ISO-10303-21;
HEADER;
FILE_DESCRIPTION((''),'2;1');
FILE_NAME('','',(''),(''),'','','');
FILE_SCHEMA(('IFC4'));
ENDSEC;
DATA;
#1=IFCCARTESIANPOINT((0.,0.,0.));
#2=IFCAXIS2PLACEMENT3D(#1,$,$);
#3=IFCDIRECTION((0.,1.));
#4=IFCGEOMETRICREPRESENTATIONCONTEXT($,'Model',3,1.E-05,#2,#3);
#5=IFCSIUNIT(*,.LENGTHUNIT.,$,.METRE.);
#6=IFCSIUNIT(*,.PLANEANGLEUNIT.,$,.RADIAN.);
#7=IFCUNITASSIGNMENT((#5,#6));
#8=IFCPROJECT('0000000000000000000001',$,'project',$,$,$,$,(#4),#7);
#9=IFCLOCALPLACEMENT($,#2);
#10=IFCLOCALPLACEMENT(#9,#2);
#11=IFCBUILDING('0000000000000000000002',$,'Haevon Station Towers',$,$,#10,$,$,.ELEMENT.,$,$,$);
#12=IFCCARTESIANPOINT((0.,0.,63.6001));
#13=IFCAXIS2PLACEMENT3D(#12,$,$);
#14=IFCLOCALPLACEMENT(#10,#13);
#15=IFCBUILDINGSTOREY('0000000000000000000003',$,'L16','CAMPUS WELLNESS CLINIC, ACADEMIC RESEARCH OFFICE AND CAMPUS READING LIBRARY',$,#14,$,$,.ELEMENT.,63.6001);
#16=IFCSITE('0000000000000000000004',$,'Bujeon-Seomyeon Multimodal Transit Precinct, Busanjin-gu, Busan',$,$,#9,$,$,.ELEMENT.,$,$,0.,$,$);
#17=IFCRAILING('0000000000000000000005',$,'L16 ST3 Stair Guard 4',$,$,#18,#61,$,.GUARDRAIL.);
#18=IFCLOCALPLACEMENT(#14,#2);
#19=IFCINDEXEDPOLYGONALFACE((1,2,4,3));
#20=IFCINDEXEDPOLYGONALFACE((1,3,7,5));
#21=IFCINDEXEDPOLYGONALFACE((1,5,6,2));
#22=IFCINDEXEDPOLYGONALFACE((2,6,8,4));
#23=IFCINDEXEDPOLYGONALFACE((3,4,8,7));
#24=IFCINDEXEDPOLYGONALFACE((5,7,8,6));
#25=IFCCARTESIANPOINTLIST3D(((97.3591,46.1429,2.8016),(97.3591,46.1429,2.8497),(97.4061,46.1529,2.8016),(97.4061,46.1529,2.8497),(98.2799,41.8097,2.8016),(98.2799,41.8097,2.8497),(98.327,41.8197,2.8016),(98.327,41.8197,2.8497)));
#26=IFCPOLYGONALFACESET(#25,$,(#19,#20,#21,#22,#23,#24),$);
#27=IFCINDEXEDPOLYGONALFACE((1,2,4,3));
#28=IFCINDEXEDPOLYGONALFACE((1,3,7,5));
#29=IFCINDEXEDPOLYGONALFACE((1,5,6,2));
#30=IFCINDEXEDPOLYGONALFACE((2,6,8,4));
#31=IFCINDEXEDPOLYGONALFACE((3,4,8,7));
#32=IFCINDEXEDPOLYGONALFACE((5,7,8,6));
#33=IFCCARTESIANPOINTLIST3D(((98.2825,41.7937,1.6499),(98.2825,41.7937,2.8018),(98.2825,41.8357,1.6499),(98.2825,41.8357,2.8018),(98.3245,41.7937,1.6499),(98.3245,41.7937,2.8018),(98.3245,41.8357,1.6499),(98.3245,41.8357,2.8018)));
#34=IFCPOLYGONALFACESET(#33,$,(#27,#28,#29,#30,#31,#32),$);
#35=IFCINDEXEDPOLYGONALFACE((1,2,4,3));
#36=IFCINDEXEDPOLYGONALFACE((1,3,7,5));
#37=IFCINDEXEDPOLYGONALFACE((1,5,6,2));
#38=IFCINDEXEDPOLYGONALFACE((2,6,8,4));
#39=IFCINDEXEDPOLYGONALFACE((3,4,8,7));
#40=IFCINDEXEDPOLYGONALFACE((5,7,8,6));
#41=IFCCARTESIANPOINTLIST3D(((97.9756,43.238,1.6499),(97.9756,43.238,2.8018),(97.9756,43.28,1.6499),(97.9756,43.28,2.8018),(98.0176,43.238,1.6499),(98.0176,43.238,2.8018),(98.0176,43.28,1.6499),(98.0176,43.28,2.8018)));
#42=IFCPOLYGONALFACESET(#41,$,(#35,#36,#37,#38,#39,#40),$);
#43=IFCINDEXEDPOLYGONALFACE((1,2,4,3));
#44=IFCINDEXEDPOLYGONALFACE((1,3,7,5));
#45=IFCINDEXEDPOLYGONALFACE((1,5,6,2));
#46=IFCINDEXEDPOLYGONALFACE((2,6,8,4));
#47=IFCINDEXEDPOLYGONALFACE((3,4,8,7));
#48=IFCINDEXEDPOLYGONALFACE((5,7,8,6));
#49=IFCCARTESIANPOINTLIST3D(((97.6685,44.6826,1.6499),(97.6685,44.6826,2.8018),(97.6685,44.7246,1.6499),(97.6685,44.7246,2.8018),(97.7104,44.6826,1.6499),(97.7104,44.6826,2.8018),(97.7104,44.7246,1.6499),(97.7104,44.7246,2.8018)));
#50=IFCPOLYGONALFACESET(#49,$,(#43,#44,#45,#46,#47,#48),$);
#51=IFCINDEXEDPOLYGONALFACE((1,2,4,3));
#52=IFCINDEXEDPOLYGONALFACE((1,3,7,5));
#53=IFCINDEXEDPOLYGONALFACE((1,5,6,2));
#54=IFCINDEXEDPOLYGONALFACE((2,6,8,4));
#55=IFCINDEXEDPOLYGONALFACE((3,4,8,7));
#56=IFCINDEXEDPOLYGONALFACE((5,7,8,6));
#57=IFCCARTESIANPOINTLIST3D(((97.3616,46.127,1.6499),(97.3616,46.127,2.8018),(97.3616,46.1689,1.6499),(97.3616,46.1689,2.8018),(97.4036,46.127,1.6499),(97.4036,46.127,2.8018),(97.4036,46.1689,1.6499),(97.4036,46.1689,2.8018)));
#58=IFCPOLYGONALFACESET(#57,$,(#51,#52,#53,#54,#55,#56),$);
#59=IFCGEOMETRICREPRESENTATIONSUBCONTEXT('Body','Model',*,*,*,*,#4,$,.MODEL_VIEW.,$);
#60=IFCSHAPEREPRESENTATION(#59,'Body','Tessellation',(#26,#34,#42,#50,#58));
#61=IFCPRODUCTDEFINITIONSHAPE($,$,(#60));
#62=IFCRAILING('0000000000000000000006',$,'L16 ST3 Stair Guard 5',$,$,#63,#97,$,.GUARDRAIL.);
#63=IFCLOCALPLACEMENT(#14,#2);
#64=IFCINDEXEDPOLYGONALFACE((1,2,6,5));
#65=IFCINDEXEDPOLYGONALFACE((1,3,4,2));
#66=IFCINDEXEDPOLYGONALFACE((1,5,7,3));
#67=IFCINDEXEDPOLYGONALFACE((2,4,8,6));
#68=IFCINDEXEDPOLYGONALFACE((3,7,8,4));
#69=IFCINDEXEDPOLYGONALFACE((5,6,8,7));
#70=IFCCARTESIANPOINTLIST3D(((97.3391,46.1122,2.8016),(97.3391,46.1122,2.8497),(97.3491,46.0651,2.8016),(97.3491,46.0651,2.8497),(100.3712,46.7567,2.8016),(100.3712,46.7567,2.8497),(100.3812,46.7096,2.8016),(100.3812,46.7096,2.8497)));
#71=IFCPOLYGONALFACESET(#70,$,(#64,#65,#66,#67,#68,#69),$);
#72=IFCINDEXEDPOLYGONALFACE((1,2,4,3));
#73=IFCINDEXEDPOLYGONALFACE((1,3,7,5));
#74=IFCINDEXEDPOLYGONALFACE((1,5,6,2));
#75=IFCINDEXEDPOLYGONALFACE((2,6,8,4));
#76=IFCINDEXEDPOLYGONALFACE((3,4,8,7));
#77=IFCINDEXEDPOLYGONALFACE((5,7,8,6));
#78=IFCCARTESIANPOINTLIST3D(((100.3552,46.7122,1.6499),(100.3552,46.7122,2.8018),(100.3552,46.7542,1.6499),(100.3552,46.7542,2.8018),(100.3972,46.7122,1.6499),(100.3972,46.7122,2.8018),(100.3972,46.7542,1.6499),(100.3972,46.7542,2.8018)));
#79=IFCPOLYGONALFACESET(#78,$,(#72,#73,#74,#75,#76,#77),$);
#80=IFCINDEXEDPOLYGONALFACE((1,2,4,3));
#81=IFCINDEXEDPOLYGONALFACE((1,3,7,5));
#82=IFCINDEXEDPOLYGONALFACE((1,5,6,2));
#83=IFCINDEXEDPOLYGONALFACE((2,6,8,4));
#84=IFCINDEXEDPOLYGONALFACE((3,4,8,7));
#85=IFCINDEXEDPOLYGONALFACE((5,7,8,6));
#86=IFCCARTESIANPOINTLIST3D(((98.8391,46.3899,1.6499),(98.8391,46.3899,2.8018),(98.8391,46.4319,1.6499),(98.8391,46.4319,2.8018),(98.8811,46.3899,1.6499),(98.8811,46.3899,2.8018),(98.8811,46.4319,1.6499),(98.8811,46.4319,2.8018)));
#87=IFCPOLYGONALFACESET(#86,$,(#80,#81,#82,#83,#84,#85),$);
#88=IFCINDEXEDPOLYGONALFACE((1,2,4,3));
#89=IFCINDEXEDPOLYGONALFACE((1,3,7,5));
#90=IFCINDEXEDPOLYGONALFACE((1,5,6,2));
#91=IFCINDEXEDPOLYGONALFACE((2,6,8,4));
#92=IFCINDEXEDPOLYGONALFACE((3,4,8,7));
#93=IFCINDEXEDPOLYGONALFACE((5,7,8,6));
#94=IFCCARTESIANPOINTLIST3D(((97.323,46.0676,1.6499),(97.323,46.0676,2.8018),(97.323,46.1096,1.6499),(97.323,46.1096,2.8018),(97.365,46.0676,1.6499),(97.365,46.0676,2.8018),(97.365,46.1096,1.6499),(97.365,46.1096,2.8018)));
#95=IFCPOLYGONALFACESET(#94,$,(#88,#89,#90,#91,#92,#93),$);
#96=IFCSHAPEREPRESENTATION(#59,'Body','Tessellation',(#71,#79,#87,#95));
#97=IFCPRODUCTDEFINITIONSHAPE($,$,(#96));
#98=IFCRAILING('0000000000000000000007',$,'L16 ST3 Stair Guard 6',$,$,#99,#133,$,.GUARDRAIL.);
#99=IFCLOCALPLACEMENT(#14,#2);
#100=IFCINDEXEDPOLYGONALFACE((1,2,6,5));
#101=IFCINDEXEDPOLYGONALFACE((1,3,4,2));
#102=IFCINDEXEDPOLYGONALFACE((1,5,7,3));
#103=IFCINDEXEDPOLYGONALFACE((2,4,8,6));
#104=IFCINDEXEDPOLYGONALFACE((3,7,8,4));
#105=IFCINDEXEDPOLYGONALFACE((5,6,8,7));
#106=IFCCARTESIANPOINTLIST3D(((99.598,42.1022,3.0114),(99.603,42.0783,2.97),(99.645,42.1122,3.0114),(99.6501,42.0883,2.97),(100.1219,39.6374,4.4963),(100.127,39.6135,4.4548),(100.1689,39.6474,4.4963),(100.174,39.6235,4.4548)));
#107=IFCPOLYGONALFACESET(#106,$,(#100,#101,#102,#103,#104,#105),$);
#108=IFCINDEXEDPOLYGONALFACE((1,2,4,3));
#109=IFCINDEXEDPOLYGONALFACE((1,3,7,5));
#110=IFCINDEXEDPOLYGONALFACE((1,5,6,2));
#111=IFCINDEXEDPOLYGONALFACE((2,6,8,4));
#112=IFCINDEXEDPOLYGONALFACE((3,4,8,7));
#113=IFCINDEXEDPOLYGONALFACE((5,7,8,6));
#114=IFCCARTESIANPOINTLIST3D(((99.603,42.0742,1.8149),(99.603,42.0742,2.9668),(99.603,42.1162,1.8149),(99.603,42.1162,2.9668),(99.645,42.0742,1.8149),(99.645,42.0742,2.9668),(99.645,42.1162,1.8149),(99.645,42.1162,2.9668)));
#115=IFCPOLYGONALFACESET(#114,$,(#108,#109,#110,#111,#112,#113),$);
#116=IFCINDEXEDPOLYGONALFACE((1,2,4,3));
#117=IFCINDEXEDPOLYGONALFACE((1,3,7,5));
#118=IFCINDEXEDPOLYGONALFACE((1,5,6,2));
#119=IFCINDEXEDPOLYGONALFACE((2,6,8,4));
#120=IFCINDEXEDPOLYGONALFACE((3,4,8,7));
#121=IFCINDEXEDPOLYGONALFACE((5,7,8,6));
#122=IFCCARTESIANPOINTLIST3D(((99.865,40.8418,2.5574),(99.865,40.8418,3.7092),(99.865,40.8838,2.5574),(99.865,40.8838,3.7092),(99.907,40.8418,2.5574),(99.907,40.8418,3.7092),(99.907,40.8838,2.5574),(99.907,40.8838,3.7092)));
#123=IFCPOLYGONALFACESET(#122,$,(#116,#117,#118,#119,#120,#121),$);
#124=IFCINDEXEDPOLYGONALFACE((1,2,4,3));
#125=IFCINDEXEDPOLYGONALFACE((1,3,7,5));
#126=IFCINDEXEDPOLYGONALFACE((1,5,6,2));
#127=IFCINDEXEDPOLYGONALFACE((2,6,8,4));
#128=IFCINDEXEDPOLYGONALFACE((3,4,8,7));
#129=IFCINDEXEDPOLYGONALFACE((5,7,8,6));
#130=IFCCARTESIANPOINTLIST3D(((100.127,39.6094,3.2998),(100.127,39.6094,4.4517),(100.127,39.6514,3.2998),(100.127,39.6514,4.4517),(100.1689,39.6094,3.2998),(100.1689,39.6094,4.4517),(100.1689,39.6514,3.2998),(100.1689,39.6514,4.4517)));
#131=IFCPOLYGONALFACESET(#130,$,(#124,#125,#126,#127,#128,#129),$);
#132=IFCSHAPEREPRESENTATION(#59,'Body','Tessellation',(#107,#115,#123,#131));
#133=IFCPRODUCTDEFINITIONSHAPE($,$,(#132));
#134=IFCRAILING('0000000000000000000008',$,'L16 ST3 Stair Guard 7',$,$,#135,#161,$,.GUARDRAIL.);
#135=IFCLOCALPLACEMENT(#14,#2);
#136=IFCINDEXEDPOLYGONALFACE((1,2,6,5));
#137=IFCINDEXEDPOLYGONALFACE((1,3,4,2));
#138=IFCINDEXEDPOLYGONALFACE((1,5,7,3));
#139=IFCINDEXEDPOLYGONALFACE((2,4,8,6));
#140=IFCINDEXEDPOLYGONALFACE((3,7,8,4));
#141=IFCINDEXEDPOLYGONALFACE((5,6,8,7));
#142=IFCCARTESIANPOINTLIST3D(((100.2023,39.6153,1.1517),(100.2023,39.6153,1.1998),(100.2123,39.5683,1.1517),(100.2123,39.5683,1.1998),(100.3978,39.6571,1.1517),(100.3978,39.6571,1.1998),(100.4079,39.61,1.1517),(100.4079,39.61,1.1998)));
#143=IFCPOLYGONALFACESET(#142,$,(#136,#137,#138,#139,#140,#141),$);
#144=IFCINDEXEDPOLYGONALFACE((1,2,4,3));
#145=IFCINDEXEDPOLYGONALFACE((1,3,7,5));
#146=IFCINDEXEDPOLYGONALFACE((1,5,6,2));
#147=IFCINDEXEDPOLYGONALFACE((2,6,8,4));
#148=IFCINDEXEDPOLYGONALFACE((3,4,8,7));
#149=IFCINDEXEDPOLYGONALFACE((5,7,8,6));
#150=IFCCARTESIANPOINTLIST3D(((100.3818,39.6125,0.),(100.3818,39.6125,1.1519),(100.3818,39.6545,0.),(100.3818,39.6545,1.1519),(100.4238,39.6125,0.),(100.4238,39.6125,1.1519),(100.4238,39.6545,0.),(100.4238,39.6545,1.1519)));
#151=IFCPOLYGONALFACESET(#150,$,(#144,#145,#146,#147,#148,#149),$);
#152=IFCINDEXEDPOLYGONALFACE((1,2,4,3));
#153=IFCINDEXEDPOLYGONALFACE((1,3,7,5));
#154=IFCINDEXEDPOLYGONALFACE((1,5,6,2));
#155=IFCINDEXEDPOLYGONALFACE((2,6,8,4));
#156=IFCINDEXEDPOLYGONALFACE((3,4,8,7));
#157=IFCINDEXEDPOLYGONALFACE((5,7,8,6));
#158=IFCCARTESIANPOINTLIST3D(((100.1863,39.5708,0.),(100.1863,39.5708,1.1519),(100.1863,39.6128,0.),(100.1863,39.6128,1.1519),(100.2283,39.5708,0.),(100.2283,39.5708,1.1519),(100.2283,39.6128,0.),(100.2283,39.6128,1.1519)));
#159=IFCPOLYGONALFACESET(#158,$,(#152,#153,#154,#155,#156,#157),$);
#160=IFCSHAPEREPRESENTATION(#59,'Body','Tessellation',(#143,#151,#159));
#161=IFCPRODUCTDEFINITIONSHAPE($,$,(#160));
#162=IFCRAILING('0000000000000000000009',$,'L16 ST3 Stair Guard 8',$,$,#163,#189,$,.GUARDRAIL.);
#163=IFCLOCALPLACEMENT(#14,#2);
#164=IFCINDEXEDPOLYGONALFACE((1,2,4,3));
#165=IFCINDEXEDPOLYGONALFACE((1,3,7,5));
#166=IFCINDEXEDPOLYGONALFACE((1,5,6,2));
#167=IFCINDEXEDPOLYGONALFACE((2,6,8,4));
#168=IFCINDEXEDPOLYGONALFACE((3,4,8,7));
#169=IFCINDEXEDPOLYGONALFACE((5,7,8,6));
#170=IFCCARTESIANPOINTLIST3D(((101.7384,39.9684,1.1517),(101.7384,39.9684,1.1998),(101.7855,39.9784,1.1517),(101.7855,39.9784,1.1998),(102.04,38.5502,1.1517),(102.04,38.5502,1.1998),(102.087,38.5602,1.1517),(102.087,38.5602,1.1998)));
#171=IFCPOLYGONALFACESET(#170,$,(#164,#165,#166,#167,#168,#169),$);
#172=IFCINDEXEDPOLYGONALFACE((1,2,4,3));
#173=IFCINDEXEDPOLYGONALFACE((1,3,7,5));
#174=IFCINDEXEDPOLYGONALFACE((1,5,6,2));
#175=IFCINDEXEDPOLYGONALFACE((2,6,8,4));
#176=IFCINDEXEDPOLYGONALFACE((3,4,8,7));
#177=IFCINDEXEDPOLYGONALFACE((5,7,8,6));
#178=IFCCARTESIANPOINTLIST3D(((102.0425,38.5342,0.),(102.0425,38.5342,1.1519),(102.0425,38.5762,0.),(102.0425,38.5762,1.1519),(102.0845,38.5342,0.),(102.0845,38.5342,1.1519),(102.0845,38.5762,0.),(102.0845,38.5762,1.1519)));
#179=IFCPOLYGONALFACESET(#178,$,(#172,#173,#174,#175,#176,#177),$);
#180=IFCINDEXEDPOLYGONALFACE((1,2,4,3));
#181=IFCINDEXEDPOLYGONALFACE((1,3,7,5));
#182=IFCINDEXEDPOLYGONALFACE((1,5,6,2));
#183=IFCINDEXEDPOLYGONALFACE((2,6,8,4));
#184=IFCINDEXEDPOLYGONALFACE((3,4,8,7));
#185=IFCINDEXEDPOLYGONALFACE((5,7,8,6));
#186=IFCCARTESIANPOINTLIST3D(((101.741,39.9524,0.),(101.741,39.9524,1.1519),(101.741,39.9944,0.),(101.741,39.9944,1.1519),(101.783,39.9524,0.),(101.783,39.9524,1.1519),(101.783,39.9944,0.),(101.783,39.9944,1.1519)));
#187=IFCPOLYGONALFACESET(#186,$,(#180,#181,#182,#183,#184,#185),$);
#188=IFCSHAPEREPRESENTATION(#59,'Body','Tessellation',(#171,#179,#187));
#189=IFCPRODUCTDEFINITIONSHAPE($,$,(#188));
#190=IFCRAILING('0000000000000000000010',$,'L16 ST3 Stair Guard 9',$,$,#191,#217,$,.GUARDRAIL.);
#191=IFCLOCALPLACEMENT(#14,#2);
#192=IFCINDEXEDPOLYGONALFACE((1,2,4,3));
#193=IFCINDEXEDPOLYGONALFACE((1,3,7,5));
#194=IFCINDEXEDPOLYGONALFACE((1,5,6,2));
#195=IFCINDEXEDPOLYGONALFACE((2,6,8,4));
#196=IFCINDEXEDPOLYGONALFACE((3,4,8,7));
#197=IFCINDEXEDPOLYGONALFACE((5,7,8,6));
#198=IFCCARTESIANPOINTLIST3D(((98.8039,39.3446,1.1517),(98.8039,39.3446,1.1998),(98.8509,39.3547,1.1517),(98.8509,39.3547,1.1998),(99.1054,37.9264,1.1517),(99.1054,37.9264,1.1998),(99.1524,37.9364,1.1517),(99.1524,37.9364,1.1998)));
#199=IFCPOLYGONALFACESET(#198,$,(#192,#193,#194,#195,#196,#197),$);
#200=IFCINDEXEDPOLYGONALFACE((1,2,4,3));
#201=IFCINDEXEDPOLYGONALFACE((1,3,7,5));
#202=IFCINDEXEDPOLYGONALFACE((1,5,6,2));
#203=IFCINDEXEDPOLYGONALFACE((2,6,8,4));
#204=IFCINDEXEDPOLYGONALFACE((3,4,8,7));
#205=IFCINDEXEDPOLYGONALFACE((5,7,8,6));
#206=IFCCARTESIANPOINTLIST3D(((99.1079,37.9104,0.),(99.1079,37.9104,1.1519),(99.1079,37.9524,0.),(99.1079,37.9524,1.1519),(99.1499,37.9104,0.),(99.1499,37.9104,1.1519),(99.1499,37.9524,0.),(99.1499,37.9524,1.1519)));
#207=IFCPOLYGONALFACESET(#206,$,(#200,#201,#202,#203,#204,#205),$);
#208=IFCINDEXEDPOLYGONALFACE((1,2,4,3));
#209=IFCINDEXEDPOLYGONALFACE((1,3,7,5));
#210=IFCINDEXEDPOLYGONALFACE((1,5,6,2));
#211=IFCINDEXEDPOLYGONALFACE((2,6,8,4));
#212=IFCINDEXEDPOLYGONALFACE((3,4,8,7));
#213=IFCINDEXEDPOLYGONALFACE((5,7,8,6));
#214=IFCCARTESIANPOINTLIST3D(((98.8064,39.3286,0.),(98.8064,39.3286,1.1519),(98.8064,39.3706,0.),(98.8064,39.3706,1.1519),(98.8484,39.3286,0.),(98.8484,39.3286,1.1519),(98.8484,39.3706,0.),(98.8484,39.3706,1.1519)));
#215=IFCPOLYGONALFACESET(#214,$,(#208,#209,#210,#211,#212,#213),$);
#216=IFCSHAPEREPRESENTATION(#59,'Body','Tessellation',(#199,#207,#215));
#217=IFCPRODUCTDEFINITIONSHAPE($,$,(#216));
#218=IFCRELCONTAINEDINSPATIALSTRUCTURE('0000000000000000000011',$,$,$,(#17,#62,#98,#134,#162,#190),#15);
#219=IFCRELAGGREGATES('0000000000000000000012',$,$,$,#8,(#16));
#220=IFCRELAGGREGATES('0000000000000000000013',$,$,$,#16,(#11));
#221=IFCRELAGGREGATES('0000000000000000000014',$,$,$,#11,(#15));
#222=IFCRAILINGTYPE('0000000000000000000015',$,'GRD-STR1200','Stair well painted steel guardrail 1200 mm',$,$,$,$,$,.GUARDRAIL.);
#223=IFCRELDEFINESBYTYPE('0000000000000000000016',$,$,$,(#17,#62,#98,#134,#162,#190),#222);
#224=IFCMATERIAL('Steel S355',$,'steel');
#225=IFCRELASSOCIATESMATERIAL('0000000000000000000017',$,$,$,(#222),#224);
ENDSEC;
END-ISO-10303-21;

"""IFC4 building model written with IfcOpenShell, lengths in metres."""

from ifc_helpers import new_model, si_unit, direction, frame, origin, origin_2d, place, context, subcontext, project, spatial, rectangle, extrude, material, type_object, element, save


model = new_model("IFC4")

# Units and contexts
model_context = context("Model", 3, precision=1e-05, world=origin(), true_north=direction((0.0, 1.0)))
body_context = subcontext(model_context, "Body", "Model", "MODEL_VIEW")
ifc_project = project(units=[si_unit("LENGTHUNIT", "METRE"), si_unit("PLANEANGLEUNIT", "RADIAN")], contexts=[model_context])

# Site, building, storey
site_placement = place(None, origin())
site = spatial("IfcSite", under=ifc_project, at=site_placement, Name="Bujeon-Seomyeon Multimodal Transit Precinct, Busanjin-gu, Busan", CompositionType="ELEMENT", RefElevation=0.0)
building_placement = place(site_placement, origin())
building = spatial("IfcBuilding", under=site, at=building_placement, Name="Haevon Station Towers", CompositionType="ELEMENT")
storey_placement = place(building_placement, frame((0.0, 0.0, 63.6001)))
storey = spatial("IfcBuildingStorey", under=building, at=storey_placement, Name="L16", Description="CAMPUS WELLNESS CLINIC, ACADEMIC RESEARCH OFFICE AND CAMPUS READING LIBRARY", CompositionType="ELEMENT", Elevation=63.6001)

# Shared definitions
ifc_material_1 = material(Name="Steel S355", Category="steel")

# Railings
railing_type_1 = type_object("IfcRailingType", Name="GRD-STR1200", Description="Stair well painted steel guardrail 1200 mm", PredefinedType="GUARDRAIL", material=ifc_material_1)
railing_1_placement = place(storey_placement, frame((98.3035, 41.8147, 1.6499)))
element("IfcRailing", 1, at=railing_1_placement, inside=storey, type_object=railing_type_1, Name="L16 ST3 Stair Guard 4", PredefinedType="GUARDRAIL", context=body_context, shape_type="SweptSolid", body=[
    extrude(rectangle(XDim=0.0481, YDim=0.0481, at=origin_2d()), frame((0.0, 0.0, 1.1758), z_axis=(-0.207877, 0.978155, 0.0), x_axis=(-0.978155, -0.207877, 0.0)), (0.0, 0.0, 1.0), 4.4299),
    extrude(rectangle(XDim=0.042, YDim=0.042, at=origin_2d()), origin(), (0.0, 0.0, 1.0), 1.1519),
    extrude(rectangle(XDim=0.042, YDim=0.042, at=origin_2d()), frame((-0.3069, 1.4443, 0.0)), (0.0, 0.0, 1.0), 1.1519),
    extrude(rectangle(XDim=0.042, YDim=0.042, at=origin_2d()), frame((-0.614, 2.8889, 0.0)), (0.0, 0.0, 1.0), 1.1519),
    extrude(rectangle(XDim=0.042, YDim=0.042, at=origin_2d()), frame((-0.9209, 4.3333, 0.0)), (0.0, 0.0, 1.0), 1.1519),
])
railing_2_placement = place(storey_placement, frame((100.3762, 46.7332, 1.6499)))
element("IfcRailing", 2, at=railing_2_placement, inside=storey, type_object=railing_type_1, Name="L16 ST3 Stair Guard 5", PredefinedType="GUARDRAIL", context=body_context, shape_type="SweptSolid", body=[
    extrude(rectangle(XDim=0.0481, YDim=0.0481, at=origin_2d()), frame((0.0, 0.0, 1.1758), z_axis=(-0.978147, -0.207915, 0.0), x_axis=(0.207915, -0.978147, 0.0)), (0.0, 0.0, 1.0), 3.0999),
    extrude(rectangle(XDim=0.042, YDim=0.042, at=origin_2d()), origin(), (0.0, 0.0, 1.0), 1.1519),
    extrude(rectangle(XDim=0.042, YDim=0.042, at=origin_2d()), frame((-1.5161, -0.3223, 0.0)), (0.0, 0.0, 1.0), 1.1519),
    extrude(rectangle(XDim=0.042, YDim=0.042, at=origin_2d()), frame((-3.0322, -0.6445, 0.0)), (0.0, 0.0, 1.0), 1.1519),
])
railing_3_placement = place(storey_placement, frame((99.624, 42.0952, 1.8149)))
element("IfcRailing", 3, at=railing_3_placement, inside=storey, type_object=railing_type_1, Name="L16 ST3 Stair Guard 6", PredefinedType="GUARDRAIL", context=body_context, shape_type="SweptSolid", body=[
    extrude(rectangle(XDim=0.0481, YDim=0.0481, at=origin_2d()), frame((0.0, 0.0, 1.1758), z_axis=(0.179129, -0.842724, 0.507671), x_axis=(0.978147, 0.207914, 0.0)), (0.0, 0.0, 1.0), 2.9248),
    extrude(rectangle(XDim=0.042, YDim=0.042, at=origin_2d()), origin(), (0.0, 0.0, 1.0), 1.1519),
    extrude(rectangle(XDim=0.042, YDim=0.042, at=origin_2d()), frame((0.262, -1.2324, 0.7424)), (0.0, 0.0, 1.0), 1.1519),
    extrude(rectangle(XDim=0.042, YDim=0.042, at=origin_2d()), frame((0.5239, -2.4648, 1.4849)), (0.0, 0.0, 1.0), 1.1519),
])
railing_4_placement = place(storey_placement, frame((100.4028, 39.6335, 0.0)))
element("IfcRailing", 4, at=railing_4_placement, inside=storey, type_object=railing_type_1, Name="L16 ST3 Stair Guard 7", PredefinedType="GUARDRAIL", context=body_context, shape_type="SweptSolid", body=[
    extrude(rectangle(XDim=0.0481, YDim=0.0481, at=origin_2d()), frame((0.0, 0.0, 1.1758), z_axis=(-0.977963, -0.208779, 0.0), x_axis=(0.208779, -0.977963, 0.0)), (0.0, 0.0, 1.0), 0.2),
    extrude(rectangle(XDim=0.042, YDim=0.042, at=origin_2d()), origin(), (0.0, 0.0, 1.0), 1.1519),
    extrude(rectangle(XDim=0.042, YDim=0.042, at=origin_2d()), frame((-0.1956, -0.0417, 0.0)), (0.0, 0.0, 1.0), 1.1519),
])
for number, where, name in (
    (5, (102.0635, 38.5552, 0.0), "L16 ST3 Stair Guard 8"),
    (6, (99.1289, 37.9314, 0.0), "L16 ST3 Stair Guard 9"),
):
    element("IfcRailing", number, at=place(storey_placement, frame(where)), inside=storey, type_object=railing_type_1, Name=name, PredefinedType="GUARDRAIL", context=body_context, shape_type="SweptSolid", body=[
        extrude(rectangle(XDim=0.0481, YDim=0.0481, at=origin_2d()), frame((0.0, 0.0, 1.1758), z_axis=(-0.207953, 0.978139, 0.0), x_axis=(-0.978139, -0.207953, 0.0)), (0.0, 0.0, 1.0), 1.45),
        extrude(rectangle(XDim=0.042, YDim=0.042, at=origin_2d()), origin(), (0.0, 0.0, 1.0), 1.1519),
        extrude(rectangle(XDim=0.042, YDim=0.042, at=origin_2d()), frame((-0.3015, 1.4182, 0.0)), (0.0, 0.0, 1.0), 1.1519),
    ])

save(model, "model.ifc")
